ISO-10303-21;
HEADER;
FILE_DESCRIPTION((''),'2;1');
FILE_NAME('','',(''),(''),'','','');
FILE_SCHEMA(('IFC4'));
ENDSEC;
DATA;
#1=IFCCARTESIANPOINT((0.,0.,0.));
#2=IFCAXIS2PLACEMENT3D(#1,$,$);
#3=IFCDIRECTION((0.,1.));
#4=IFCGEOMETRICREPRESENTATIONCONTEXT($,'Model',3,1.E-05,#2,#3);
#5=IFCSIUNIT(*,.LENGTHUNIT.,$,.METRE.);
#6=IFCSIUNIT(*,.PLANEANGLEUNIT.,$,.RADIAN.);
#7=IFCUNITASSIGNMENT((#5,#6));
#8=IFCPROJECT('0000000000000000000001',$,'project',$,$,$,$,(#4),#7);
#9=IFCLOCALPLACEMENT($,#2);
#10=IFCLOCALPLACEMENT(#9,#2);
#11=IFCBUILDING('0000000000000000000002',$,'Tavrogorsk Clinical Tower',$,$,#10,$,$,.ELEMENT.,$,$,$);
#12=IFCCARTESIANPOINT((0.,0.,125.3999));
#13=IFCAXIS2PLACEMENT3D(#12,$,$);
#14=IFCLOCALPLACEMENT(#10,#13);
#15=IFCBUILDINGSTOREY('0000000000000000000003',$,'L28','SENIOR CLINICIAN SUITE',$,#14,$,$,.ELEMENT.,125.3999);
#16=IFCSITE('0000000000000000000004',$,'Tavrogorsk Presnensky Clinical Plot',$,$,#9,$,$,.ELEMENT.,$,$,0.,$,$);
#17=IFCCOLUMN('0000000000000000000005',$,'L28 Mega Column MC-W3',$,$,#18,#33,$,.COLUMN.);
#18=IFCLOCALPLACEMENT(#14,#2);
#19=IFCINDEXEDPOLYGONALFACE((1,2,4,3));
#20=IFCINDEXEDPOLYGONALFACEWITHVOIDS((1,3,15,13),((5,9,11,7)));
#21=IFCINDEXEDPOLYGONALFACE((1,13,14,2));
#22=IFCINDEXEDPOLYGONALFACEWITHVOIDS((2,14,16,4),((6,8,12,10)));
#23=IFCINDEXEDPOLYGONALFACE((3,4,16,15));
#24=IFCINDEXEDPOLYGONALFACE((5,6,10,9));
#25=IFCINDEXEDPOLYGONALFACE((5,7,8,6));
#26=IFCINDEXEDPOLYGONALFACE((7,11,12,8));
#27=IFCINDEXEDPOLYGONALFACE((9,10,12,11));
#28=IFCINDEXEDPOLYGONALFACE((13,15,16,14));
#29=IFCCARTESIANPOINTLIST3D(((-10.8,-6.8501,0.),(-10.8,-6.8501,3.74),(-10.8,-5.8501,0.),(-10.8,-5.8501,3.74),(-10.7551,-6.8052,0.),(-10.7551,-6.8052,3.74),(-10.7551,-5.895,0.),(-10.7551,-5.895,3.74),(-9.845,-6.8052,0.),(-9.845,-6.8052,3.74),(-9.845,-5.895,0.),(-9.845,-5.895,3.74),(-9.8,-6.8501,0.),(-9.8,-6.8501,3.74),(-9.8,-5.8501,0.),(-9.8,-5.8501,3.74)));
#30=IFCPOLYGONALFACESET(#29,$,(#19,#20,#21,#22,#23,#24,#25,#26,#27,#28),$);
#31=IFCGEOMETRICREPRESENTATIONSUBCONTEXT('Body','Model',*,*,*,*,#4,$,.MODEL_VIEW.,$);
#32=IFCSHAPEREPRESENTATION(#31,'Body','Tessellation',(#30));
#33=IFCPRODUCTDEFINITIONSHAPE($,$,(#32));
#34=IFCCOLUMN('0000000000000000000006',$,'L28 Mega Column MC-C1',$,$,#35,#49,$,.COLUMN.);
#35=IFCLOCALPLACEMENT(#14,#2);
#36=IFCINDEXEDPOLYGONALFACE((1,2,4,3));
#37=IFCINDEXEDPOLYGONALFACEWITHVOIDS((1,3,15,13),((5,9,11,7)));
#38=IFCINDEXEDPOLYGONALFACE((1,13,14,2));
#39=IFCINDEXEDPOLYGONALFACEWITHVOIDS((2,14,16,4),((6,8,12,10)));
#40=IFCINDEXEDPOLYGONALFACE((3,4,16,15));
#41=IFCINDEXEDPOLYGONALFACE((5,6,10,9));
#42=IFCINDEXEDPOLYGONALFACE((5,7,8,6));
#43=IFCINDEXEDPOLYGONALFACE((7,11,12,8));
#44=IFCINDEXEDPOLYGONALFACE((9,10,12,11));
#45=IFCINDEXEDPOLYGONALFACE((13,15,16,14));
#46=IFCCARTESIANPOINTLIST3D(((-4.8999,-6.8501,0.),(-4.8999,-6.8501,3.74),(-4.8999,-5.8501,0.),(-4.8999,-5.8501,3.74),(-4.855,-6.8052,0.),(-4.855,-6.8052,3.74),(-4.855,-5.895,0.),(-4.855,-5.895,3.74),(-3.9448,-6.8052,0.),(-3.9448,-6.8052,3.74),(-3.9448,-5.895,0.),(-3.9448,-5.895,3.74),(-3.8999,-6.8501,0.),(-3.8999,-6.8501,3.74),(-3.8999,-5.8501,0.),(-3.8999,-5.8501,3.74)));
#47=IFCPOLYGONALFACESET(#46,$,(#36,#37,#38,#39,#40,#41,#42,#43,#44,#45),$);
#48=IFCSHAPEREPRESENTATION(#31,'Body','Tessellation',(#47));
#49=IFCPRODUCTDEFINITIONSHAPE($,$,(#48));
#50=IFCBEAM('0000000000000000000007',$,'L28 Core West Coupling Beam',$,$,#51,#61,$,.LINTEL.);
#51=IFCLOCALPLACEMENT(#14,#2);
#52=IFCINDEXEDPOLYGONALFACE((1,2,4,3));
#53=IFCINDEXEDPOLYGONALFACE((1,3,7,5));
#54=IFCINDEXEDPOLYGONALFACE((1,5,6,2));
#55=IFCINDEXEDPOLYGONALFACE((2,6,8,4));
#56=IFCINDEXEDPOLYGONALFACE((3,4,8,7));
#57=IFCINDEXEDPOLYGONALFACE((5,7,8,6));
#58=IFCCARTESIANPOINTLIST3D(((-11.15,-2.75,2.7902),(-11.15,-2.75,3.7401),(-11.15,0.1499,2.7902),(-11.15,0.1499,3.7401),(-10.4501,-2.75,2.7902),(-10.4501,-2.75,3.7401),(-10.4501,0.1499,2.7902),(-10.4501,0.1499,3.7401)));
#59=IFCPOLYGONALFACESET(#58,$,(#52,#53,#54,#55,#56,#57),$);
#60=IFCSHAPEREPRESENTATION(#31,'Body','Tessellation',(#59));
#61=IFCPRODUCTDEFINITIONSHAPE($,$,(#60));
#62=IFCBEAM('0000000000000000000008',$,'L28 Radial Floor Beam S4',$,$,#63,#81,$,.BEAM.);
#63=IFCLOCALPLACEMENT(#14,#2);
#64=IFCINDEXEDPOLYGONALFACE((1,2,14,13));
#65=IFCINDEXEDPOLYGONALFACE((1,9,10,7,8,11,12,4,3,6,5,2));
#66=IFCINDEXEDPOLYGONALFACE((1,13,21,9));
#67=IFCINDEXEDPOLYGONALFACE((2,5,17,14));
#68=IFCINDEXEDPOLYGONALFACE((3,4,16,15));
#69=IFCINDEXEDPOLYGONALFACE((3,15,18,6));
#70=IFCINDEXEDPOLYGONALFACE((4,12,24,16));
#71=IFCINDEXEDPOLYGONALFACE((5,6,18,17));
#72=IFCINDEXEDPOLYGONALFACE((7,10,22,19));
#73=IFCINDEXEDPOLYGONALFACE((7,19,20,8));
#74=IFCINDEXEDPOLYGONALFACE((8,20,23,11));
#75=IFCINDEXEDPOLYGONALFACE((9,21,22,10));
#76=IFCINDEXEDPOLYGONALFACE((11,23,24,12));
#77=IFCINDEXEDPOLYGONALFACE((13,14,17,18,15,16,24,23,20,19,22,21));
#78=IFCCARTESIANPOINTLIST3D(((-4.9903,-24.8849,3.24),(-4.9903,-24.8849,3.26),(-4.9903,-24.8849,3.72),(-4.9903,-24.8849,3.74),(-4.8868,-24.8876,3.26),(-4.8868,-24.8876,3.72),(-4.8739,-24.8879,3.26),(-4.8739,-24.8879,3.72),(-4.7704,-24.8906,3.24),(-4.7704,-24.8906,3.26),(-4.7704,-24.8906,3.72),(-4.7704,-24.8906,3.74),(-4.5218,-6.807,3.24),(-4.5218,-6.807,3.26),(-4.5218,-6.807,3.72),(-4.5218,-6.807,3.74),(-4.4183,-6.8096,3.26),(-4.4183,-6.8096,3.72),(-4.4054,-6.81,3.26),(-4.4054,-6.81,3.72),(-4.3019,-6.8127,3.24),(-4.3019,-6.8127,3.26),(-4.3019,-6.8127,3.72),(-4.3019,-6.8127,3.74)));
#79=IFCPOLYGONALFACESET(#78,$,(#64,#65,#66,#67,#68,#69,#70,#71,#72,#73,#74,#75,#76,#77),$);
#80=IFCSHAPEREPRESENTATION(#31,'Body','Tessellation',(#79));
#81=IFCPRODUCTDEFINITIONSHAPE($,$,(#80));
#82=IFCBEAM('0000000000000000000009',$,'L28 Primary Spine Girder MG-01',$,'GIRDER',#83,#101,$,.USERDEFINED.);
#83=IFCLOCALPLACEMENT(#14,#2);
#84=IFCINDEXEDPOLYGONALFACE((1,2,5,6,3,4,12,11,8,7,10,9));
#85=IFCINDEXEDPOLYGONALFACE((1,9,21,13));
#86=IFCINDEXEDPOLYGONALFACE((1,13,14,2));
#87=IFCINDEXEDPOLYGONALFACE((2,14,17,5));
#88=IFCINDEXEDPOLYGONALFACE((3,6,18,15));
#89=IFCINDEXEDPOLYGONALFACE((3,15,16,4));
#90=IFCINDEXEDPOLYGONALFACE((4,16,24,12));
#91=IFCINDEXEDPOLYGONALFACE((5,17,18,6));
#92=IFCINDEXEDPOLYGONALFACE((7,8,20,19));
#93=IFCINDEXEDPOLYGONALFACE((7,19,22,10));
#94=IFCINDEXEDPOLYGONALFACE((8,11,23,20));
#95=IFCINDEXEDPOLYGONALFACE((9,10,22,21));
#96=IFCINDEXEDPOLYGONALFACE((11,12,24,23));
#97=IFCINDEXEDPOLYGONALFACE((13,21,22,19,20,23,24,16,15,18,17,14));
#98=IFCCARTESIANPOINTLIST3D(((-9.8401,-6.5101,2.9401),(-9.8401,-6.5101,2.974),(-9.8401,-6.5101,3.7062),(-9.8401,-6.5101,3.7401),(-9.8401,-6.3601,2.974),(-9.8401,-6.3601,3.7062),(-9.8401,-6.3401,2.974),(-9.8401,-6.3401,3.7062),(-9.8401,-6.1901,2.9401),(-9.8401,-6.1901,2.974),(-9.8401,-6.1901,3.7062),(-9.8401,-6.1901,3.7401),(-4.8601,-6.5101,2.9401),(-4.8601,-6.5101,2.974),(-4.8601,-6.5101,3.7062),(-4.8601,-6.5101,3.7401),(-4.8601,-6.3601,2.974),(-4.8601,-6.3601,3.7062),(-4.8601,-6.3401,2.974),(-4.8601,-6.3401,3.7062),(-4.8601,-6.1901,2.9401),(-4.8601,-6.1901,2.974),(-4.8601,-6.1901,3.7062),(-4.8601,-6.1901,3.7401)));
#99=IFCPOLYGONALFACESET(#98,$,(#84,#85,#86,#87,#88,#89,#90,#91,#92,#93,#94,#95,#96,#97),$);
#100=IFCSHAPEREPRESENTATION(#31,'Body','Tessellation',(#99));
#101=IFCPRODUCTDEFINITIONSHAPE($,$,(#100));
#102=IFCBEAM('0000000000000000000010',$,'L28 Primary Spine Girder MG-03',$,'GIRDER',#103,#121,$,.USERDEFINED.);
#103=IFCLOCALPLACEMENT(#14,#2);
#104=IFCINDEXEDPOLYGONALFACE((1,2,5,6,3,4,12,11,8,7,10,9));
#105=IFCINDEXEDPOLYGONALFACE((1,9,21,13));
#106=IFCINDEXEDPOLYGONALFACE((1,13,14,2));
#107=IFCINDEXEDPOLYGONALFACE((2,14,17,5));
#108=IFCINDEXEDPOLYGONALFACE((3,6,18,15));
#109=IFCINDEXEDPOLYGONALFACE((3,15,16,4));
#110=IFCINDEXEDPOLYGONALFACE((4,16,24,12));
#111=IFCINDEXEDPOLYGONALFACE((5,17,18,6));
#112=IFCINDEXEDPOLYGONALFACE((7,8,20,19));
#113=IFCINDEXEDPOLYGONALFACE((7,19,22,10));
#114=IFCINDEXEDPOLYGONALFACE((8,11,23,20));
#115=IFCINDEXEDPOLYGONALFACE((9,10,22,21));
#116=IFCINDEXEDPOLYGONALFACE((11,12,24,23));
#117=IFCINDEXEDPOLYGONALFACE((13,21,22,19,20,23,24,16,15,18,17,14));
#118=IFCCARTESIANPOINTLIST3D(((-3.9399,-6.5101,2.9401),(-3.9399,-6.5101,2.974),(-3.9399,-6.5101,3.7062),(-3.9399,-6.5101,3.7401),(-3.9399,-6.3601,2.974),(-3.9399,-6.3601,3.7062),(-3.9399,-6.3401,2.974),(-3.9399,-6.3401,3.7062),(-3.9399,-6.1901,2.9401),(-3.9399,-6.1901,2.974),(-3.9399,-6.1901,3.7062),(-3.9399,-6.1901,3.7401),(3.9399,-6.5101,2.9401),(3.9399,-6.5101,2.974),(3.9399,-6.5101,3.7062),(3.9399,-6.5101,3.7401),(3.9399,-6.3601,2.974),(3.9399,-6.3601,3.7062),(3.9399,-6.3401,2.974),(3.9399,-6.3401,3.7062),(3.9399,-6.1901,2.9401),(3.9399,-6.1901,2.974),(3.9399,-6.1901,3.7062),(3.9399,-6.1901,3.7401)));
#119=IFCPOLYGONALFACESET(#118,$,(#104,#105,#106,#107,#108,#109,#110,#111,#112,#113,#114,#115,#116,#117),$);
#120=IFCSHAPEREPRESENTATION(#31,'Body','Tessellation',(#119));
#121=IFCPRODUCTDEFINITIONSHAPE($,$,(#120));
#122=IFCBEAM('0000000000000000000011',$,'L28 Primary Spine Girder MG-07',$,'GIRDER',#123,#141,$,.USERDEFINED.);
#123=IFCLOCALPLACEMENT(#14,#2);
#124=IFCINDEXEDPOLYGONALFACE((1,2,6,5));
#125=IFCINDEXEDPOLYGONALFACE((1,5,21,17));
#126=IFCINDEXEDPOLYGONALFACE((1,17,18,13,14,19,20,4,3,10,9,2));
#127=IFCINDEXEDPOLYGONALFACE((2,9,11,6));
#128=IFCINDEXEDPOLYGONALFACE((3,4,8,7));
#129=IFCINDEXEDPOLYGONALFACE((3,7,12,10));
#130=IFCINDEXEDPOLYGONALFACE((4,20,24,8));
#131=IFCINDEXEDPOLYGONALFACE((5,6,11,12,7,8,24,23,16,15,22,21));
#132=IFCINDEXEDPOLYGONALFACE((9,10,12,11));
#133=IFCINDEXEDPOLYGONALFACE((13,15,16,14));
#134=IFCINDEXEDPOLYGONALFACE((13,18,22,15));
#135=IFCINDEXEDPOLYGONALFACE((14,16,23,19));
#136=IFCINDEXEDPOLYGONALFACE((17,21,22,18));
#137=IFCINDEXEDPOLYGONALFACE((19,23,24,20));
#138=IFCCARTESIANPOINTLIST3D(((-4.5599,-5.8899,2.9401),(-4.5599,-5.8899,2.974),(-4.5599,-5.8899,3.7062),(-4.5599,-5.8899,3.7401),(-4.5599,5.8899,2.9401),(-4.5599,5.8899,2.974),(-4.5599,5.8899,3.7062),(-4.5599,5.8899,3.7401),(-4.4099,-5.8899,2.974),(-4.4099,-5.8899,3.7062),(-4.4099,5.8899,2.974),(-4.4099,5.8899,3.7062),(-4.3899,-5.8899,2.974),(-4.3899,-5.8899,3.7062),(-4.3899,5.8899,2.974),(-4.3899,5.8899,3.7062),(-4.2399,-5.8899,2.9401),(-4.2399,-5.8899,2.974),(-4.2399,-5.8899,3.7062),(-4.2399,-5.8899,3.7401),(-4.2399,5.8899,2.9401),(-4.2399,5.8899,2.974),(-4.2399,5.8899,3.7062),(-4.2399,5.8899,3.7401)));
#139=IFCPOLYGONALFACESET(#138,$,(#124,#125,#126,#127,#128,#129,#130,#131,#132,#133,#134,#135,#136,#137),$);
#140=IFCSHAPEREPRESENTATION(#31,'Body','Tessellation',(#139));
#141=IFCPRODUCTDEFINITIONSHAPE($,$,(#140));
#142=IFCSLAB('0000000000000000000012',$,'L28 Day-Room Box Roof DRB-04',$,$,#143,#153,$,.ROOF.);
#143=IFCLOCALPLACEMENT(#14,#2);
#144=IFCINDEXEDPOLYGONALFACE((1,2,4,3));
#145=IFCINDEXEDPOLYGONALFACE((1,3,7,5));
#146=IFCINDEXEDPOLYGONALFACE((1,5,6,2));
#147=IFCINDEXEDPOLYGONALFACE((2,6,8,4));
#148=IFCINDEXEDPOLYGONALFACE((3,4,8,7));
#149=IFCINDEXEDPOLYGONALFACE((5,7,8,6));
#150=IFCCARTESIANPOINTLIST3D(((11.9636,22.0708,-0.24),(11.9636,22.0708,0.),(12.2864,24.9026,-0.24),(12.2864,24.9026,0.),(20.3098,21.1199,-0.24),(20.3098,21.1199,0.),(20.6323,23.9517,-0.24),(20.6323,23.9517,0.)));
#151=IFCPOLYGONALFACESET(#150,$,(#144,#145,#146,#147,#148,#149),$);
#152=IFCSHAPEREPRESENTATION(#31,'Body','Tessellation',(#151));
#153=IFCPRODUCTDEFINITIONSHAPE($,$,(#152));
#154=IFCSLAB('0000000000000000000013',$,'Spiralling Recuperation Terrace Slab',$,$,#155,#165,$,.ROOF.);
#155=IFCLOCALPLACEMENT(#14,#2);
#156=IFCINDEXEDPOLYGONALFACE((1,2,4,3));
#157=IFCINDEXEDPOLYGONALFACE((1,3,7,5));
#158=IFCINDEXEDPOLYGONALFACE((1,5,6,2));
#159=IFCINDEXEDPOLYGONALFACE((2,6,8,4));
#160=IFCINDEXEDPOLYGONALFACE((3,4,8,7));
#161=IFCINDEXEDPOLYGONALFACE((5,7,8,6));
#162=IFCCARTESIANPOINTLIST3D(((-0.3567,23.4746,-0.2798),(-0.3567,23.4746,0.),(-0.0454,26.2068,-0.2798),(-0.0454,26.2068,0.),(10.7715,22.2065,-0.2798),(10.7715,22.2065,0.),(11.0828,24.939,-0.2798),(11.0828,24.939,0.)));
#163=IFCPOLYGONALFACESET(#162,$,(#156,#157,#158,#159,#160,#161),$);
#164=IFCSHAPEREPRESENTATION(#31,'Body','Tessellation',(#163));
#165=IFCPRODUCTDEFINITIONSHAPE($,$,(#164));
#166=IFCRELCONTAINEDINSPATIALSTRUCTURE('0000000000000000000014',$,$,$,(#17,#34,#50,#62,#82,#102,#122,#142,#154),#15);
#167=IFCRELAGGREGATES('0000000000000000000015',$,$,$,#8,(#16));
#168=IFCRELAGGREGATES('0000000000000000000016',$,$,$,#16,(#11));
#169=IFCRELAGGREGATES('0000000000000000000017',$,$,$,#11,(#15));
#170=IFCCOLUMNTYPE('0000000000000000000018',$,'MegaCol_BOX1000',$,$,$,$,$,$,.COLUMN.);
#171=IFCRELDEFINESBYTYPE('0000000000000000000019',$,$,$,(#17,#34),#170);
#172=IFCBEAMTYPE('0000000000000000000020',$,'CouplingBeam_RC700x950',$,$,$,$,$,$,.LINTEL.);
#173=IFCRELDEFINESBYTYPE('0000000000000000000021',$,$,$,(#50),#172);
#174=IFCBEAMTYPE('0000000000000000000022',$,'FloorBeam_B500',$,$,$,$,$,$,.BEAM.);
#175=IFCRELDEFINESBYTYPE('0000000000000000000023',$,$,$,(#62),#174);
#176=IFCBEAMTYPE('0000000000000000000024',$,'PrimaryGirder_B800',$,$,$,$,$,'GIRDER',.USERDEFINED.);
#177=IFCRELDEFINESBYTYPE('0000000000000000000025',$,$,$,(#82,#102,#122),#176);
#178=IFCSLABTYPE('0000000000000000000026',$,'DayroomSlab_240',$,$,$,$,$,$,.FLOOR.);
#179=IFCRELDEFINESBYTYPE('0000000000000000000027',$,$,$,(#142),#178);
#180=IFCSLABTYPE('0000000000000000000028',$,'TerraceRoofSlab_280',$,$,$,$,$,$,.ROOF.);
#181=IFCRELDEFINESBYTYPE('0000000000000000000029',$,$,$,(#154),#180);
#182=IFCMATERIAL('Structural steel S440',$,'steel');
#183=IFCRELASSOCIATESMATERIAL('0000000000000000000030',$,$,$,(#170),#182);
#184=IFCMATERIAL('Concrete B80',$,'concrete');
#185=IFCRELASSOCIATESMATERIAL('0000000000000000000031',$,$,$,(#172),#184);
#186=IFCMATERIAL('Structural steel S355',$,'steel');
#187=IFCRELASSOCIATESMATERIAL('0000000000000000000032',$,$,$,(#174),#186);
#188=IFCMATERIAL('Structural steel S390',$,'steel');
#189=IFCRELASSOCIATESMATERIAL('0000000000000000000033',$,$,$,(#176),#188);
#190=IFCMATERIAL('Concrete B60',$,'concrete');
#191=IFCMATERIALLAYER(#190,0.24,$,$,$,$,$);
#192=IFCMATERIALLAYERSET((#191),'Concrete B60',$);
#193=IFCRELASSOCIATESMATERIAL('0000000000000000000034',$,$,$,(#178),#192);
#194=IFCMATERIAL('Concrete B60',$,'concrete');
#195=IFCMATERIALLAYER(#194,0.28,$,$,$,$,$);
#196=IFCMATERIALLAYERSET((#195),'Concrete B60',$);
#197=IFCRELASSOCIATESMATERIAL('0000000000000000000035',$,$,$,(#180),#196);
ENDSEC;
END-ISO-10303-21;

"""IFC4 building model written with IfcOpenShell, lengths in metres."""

from ifc_helpers import new_model, si_unit, direction, frame, origin, origin_2d, place, context, subcontext, project, spatial, polyline, rectangle, hollow_rectangle, i_section, outline, extrude, material, layer, layer_set, material_profile, profile_set, type_object, element, save


model = new_model("IFC4")

# Units and contexts
model_context = context("Model", 3, precision=1e-05, world=origin(), true_north=direction((0.0, 1.0)))
body_context = subcontext(model_context, "Body", "Model", "MODEL_VIEW")
ifc_project = project(units=[si_unit("LENGTHUNIT", "METRE"), si_unit("PLANEANGLEUNIT", "RADIAN")], contexts=[model_context])

# Site, building, storey
site_placement = place(None, origin())
site = spatial("IfcSite", under=ifc_project, at=site_placement, Name="Tavrogorsk Presnensky Clinical Plot", CompositionType="ELEMENT", RefElevation=0.0)
building_placement = place(site_placement, origin())
building = spatial("IfcBuilding", under=site, at=building_placement, Name="Tavrogorsk Clinical Tower", CompositionType="ELEMENT")
storey_placement = place(building_placement, frame((0.0, 0.0, 125.3999)))
storey = spatial("IfcBuildingStorey", under=building, at=storey_placement, Name="L28", Description="SENIOR CLINICIAN SUITE", CompositionType="ELEMENT", Elevation=125.3999)

# Columns
ifc_material_1 = material(Name="Structural steel S440", Category="steel")
ifc_material_profile_1 = material_profile(ifc_material_1, hollow_rectangle(XDim=1.0, YDim=1.0, WallThickness=0.0449, at=origin_2d()), Name="BOX-1000x1000x45")
ifc_profile_set_1 = profile_set([ifc_material_profile_1], Name="Structural steel S440")
column_type = type_object("IfcColumnType", Name="MegaCol_BOX1000", PredefinedType="COLUMN", material=ifc_profile_set_1)
for number, where, z_axis, x_axis, name in (
    (1, (-10.3, -6.3501, 0.0), (0.0, 0.0, 1.0), (1.0, 0.0, 0.0), "L28 Mega Column MC-W3"),
    (2, (-4.3999, -6.3501, 0.0), (0.0, 0.0, 1.0), (1.0, 0.0, 0.0), "L28 Mega Column MC-C1"),
):
    element("IfcColumn", number, at=place(storey_placement, frame(where, z_axis=z_axis, x_axis=x_axis)), inside=storey, type_object=column_type, Name=name, PredefinedType="COLUMN", context=body_context, shape_type="SweptSolid", body=[
        extrude(hollow_rectangle(XDim=1.0, YDim=1.0, WallThickness=0.0449, at=origin_2d()), origin(), (0.0, 0.0, 1.0), 3.74),
    ])

# Beams
ifc_material_2 = material(Name="Concrete B80", Category="concrete")
ifc_material_profile_2 = material_profile(ifc_material_2, rectangle(XDim=0.7, YDim=0.95, at=origin_2d()), Name="RC-CB-700x950")
ifc_profile_set_2 = profile_set([ifc_material_profile_2], Name="Concrete B80")
beam_type_1 = type_object("IfcBeamType", Name="CouplingBeam_RC700x950", PredefinedType="LINTEL", material=ifc_profile_set_2)
beam_1_placement = place(storey_placement, frame((-10.8, -2.75, 3.2651), z_axis=(0.0, 1.0, 0.0), x_axis=(-1.0, 0.0, 0.0)))
element("IfcBeam", 3, at=beam_1_placement, inside=storey, type_object=beam_type_1, Name="L28 Core West Coupling Beam", PredefinedType="LINTEL", context=body_context, shape_type="SweptSolid", body=[
    extrude(rectangle(XDim=0.7, YDim=0.95, at=origin_2d()), origin(), (0.0, 0.0, 1.0), 2.8999),
])
ifc_material_3 = material(Name="Structural steel S355", Category="steel")
ifc_material_profile_3 = material_profile(ifc_material_3, i_section(OverallWidth=0.22, OverallDepth=0.5, WebThickness=0.0129, FlangeThickness=0.02, at=origin_2d()), Name="B-500x220x13x20")
ifc_profile_set_3 = profile_set([ifc_material_profile_3], Name="Structural steel S355")
beam_type_2 = type_object("IfcBeamType", Name="FloorBeam_B500", PredefinedType="BEAM", material=ifc_profile_set_3)
beam_2_placement = place(storey_placement, frame((-4.4119, -6.8098, 3.49), z_axis=(-0.025907, -0.999664, 0.0), x_axis=(0.999664, -0.025907, 0.0)))
element("IfcBeam", 4, at=beam_2_placement, inside=storey, type_object=beam_type_2, Name="L28 Radial Floor Beam S4", PredefinedType="BEAM", context=body_context, shape_type="SweptSolid", body=[
    extrude(i_section(OverallWidth=0.22, OverallDepth=0.5, WebThickness=0.0129, FlangeThickness=0.02, at=origin_2d()), origin(), (0.0, 0.0, 1.0), 18.084),
])
ifc_material_4 = material(Name="Structural steel S390", Category="steel")
ifc_material_profile_4 = material_profile(ifc_material_4, i_section(OverallWidth=0.3201, OverallDepth=0.8, WebThickness=0.02, FlangeThickness=0.0339, at=origin_2d()), Name="B-800x320x20x34")
ifc_profile_set_4 = profile_set([ifc_material_profile_4], Name="Structural steel S390")
beam_type_3 = type_object("IfcBeamType", Name="PrimaryGirder_B800", ElementType="GIRDER", PredefinedType="USERDEFINED", material=ifc_profile_set_4)
beam_3_placement = place(storey_placement, frame((-9.8401, -6.3501, 3.3401), z_axis=(1.0, 0.0, 0.0), x_axis=(0.0, 1.0, 0.0)))
element("IfcBeam", 5, at=beam_3_placement, inside=storey, type_object=beam_type_3, Name="L28 Primary Spine Girder MG-01", ObjectType="GIRDER", PredefinedType="USERDEFINED", context=body_context, shape_type="SweptSolid", body=[
    extrude(i_section(OverallWidth=0.3201, OverallDepth=0.8, WebThickness=0.02, FlangeThickness=0.0339, at=origin_2d()), origin(), (0.0, 0.0, 1.0), 4.98),
])
beam_4_placement = place(storey_placement, frame((-3.9399, -6.3501, 3.3401), z_axis=(1.0, 0.0, 0.0), x_axis=(0.0, 1.0, 0.0)))
element("IfcBeam", 6, at=beam_4_placement, inside=storey, type_object=beam_type_3, Name="L28 Primary Spine Girder MG-03", ObjectType="GIRDER", PredefinedType="USERDEFINED", context=body_context, shape_type="SweptSolid", body=[
    extrude(i_section(OverallWidth=0.3201, OverallDepth=0.8, WebThickness=0.02, FlangeThickness=0.0339, at=origin_2d()), origin(), (0.0, 0.0, 1.0), 7.8799),
])
beam_5_placement = place(storey_placement, frame((-4.3999, -5.8899, 3.3401), z_axis=(0.0, 1.0, 0.0), x_axis=(-1.0, 0.0, 0.0)))
element("IfcBeam", 7, at=beam_5_placement, inside=storey, type_object=beam_type_3, Name="L28 Primary Spine Girder MG-07", ObjectType="GIRDER", PredefinedType="USERDEFINED", context=body_context, shape_type="SweptSolid", body=[
    extrude(i_section(OverallWidth=0.3201, OverallDepth=0.8, WebThickness=0.02, FlangeThickness=0.0339, at=origin_2d()), origin(), (0.0, 0.0, 1.0), 11.7798),
])

# Slabs
ifc_material_5 = material(Name="Concrete B60", Category="concrete")
ifc_layer_1 = layer(ifc_material_5, 0.24)
ifc_layer_set_1 = layer_set([ifc_layer_1], Name="Concrete B60")
slab_type_1 = type_object("IfcSlabType", Name="DayroomSlab_240", PredefinedType="FLOOR", material=ifc_layer_set_1)
slab_1_placement = place(storey_placement, frame((0.0, 0.0, -0.24)))
element("IfcSlab", 8, at=slab_1_placement, inside=storey, type_object=slab_type_1, Name="L28 Day-Room Box Roof DRB-04", PredefinedType="ROOF", context=body_context, shape_type="SweptSolid", body=[
    extrude(outline(polyline([(12.2864, 24.9026), (20.6323, 23.9517), (20.3098, 21.1199), (11.9636, 22.0708), (12.2864, 24.9026)])), origin(), (0.0, 0.0, 1.0), 0.24),
])
ifc_material_6 = material(Name="Concrete B60", Category="concrete")
ifc_layer_2 = layer(ifc_material_6, 0.28)
ifc_layer_set_2 = layer_set([ifc_layer_2], Name="Concrete B60")
slab_type_2 = type_object("IfcSlabType", Name="TerraceRoofSlab_280", PredefinedType="ROOF", material=ifc_layer_set_2)
slab_2_placement = place(storey_placement, frame((0.0, 0.0, -0.2798)))
element("IfcSlab", 9, at=slab_2_placement, inside=storey, type_object=slab_type_2, Name="Spiralling Recuperation Terrace Slab", PredefinedType="ROOF", context=body_context, shape_type="SweptSolid", body=[
    extrude(outline(polyline([(-0.0454, 26.2068), (11.0828, 24.939), (10.7715, 22.2065), (-0.3567, 23.4746), (-0.0454, 26.2068)])), origin(), (0.0, 0.0, 1.0), 0.2798),
])

save(model, "model.ifc")
